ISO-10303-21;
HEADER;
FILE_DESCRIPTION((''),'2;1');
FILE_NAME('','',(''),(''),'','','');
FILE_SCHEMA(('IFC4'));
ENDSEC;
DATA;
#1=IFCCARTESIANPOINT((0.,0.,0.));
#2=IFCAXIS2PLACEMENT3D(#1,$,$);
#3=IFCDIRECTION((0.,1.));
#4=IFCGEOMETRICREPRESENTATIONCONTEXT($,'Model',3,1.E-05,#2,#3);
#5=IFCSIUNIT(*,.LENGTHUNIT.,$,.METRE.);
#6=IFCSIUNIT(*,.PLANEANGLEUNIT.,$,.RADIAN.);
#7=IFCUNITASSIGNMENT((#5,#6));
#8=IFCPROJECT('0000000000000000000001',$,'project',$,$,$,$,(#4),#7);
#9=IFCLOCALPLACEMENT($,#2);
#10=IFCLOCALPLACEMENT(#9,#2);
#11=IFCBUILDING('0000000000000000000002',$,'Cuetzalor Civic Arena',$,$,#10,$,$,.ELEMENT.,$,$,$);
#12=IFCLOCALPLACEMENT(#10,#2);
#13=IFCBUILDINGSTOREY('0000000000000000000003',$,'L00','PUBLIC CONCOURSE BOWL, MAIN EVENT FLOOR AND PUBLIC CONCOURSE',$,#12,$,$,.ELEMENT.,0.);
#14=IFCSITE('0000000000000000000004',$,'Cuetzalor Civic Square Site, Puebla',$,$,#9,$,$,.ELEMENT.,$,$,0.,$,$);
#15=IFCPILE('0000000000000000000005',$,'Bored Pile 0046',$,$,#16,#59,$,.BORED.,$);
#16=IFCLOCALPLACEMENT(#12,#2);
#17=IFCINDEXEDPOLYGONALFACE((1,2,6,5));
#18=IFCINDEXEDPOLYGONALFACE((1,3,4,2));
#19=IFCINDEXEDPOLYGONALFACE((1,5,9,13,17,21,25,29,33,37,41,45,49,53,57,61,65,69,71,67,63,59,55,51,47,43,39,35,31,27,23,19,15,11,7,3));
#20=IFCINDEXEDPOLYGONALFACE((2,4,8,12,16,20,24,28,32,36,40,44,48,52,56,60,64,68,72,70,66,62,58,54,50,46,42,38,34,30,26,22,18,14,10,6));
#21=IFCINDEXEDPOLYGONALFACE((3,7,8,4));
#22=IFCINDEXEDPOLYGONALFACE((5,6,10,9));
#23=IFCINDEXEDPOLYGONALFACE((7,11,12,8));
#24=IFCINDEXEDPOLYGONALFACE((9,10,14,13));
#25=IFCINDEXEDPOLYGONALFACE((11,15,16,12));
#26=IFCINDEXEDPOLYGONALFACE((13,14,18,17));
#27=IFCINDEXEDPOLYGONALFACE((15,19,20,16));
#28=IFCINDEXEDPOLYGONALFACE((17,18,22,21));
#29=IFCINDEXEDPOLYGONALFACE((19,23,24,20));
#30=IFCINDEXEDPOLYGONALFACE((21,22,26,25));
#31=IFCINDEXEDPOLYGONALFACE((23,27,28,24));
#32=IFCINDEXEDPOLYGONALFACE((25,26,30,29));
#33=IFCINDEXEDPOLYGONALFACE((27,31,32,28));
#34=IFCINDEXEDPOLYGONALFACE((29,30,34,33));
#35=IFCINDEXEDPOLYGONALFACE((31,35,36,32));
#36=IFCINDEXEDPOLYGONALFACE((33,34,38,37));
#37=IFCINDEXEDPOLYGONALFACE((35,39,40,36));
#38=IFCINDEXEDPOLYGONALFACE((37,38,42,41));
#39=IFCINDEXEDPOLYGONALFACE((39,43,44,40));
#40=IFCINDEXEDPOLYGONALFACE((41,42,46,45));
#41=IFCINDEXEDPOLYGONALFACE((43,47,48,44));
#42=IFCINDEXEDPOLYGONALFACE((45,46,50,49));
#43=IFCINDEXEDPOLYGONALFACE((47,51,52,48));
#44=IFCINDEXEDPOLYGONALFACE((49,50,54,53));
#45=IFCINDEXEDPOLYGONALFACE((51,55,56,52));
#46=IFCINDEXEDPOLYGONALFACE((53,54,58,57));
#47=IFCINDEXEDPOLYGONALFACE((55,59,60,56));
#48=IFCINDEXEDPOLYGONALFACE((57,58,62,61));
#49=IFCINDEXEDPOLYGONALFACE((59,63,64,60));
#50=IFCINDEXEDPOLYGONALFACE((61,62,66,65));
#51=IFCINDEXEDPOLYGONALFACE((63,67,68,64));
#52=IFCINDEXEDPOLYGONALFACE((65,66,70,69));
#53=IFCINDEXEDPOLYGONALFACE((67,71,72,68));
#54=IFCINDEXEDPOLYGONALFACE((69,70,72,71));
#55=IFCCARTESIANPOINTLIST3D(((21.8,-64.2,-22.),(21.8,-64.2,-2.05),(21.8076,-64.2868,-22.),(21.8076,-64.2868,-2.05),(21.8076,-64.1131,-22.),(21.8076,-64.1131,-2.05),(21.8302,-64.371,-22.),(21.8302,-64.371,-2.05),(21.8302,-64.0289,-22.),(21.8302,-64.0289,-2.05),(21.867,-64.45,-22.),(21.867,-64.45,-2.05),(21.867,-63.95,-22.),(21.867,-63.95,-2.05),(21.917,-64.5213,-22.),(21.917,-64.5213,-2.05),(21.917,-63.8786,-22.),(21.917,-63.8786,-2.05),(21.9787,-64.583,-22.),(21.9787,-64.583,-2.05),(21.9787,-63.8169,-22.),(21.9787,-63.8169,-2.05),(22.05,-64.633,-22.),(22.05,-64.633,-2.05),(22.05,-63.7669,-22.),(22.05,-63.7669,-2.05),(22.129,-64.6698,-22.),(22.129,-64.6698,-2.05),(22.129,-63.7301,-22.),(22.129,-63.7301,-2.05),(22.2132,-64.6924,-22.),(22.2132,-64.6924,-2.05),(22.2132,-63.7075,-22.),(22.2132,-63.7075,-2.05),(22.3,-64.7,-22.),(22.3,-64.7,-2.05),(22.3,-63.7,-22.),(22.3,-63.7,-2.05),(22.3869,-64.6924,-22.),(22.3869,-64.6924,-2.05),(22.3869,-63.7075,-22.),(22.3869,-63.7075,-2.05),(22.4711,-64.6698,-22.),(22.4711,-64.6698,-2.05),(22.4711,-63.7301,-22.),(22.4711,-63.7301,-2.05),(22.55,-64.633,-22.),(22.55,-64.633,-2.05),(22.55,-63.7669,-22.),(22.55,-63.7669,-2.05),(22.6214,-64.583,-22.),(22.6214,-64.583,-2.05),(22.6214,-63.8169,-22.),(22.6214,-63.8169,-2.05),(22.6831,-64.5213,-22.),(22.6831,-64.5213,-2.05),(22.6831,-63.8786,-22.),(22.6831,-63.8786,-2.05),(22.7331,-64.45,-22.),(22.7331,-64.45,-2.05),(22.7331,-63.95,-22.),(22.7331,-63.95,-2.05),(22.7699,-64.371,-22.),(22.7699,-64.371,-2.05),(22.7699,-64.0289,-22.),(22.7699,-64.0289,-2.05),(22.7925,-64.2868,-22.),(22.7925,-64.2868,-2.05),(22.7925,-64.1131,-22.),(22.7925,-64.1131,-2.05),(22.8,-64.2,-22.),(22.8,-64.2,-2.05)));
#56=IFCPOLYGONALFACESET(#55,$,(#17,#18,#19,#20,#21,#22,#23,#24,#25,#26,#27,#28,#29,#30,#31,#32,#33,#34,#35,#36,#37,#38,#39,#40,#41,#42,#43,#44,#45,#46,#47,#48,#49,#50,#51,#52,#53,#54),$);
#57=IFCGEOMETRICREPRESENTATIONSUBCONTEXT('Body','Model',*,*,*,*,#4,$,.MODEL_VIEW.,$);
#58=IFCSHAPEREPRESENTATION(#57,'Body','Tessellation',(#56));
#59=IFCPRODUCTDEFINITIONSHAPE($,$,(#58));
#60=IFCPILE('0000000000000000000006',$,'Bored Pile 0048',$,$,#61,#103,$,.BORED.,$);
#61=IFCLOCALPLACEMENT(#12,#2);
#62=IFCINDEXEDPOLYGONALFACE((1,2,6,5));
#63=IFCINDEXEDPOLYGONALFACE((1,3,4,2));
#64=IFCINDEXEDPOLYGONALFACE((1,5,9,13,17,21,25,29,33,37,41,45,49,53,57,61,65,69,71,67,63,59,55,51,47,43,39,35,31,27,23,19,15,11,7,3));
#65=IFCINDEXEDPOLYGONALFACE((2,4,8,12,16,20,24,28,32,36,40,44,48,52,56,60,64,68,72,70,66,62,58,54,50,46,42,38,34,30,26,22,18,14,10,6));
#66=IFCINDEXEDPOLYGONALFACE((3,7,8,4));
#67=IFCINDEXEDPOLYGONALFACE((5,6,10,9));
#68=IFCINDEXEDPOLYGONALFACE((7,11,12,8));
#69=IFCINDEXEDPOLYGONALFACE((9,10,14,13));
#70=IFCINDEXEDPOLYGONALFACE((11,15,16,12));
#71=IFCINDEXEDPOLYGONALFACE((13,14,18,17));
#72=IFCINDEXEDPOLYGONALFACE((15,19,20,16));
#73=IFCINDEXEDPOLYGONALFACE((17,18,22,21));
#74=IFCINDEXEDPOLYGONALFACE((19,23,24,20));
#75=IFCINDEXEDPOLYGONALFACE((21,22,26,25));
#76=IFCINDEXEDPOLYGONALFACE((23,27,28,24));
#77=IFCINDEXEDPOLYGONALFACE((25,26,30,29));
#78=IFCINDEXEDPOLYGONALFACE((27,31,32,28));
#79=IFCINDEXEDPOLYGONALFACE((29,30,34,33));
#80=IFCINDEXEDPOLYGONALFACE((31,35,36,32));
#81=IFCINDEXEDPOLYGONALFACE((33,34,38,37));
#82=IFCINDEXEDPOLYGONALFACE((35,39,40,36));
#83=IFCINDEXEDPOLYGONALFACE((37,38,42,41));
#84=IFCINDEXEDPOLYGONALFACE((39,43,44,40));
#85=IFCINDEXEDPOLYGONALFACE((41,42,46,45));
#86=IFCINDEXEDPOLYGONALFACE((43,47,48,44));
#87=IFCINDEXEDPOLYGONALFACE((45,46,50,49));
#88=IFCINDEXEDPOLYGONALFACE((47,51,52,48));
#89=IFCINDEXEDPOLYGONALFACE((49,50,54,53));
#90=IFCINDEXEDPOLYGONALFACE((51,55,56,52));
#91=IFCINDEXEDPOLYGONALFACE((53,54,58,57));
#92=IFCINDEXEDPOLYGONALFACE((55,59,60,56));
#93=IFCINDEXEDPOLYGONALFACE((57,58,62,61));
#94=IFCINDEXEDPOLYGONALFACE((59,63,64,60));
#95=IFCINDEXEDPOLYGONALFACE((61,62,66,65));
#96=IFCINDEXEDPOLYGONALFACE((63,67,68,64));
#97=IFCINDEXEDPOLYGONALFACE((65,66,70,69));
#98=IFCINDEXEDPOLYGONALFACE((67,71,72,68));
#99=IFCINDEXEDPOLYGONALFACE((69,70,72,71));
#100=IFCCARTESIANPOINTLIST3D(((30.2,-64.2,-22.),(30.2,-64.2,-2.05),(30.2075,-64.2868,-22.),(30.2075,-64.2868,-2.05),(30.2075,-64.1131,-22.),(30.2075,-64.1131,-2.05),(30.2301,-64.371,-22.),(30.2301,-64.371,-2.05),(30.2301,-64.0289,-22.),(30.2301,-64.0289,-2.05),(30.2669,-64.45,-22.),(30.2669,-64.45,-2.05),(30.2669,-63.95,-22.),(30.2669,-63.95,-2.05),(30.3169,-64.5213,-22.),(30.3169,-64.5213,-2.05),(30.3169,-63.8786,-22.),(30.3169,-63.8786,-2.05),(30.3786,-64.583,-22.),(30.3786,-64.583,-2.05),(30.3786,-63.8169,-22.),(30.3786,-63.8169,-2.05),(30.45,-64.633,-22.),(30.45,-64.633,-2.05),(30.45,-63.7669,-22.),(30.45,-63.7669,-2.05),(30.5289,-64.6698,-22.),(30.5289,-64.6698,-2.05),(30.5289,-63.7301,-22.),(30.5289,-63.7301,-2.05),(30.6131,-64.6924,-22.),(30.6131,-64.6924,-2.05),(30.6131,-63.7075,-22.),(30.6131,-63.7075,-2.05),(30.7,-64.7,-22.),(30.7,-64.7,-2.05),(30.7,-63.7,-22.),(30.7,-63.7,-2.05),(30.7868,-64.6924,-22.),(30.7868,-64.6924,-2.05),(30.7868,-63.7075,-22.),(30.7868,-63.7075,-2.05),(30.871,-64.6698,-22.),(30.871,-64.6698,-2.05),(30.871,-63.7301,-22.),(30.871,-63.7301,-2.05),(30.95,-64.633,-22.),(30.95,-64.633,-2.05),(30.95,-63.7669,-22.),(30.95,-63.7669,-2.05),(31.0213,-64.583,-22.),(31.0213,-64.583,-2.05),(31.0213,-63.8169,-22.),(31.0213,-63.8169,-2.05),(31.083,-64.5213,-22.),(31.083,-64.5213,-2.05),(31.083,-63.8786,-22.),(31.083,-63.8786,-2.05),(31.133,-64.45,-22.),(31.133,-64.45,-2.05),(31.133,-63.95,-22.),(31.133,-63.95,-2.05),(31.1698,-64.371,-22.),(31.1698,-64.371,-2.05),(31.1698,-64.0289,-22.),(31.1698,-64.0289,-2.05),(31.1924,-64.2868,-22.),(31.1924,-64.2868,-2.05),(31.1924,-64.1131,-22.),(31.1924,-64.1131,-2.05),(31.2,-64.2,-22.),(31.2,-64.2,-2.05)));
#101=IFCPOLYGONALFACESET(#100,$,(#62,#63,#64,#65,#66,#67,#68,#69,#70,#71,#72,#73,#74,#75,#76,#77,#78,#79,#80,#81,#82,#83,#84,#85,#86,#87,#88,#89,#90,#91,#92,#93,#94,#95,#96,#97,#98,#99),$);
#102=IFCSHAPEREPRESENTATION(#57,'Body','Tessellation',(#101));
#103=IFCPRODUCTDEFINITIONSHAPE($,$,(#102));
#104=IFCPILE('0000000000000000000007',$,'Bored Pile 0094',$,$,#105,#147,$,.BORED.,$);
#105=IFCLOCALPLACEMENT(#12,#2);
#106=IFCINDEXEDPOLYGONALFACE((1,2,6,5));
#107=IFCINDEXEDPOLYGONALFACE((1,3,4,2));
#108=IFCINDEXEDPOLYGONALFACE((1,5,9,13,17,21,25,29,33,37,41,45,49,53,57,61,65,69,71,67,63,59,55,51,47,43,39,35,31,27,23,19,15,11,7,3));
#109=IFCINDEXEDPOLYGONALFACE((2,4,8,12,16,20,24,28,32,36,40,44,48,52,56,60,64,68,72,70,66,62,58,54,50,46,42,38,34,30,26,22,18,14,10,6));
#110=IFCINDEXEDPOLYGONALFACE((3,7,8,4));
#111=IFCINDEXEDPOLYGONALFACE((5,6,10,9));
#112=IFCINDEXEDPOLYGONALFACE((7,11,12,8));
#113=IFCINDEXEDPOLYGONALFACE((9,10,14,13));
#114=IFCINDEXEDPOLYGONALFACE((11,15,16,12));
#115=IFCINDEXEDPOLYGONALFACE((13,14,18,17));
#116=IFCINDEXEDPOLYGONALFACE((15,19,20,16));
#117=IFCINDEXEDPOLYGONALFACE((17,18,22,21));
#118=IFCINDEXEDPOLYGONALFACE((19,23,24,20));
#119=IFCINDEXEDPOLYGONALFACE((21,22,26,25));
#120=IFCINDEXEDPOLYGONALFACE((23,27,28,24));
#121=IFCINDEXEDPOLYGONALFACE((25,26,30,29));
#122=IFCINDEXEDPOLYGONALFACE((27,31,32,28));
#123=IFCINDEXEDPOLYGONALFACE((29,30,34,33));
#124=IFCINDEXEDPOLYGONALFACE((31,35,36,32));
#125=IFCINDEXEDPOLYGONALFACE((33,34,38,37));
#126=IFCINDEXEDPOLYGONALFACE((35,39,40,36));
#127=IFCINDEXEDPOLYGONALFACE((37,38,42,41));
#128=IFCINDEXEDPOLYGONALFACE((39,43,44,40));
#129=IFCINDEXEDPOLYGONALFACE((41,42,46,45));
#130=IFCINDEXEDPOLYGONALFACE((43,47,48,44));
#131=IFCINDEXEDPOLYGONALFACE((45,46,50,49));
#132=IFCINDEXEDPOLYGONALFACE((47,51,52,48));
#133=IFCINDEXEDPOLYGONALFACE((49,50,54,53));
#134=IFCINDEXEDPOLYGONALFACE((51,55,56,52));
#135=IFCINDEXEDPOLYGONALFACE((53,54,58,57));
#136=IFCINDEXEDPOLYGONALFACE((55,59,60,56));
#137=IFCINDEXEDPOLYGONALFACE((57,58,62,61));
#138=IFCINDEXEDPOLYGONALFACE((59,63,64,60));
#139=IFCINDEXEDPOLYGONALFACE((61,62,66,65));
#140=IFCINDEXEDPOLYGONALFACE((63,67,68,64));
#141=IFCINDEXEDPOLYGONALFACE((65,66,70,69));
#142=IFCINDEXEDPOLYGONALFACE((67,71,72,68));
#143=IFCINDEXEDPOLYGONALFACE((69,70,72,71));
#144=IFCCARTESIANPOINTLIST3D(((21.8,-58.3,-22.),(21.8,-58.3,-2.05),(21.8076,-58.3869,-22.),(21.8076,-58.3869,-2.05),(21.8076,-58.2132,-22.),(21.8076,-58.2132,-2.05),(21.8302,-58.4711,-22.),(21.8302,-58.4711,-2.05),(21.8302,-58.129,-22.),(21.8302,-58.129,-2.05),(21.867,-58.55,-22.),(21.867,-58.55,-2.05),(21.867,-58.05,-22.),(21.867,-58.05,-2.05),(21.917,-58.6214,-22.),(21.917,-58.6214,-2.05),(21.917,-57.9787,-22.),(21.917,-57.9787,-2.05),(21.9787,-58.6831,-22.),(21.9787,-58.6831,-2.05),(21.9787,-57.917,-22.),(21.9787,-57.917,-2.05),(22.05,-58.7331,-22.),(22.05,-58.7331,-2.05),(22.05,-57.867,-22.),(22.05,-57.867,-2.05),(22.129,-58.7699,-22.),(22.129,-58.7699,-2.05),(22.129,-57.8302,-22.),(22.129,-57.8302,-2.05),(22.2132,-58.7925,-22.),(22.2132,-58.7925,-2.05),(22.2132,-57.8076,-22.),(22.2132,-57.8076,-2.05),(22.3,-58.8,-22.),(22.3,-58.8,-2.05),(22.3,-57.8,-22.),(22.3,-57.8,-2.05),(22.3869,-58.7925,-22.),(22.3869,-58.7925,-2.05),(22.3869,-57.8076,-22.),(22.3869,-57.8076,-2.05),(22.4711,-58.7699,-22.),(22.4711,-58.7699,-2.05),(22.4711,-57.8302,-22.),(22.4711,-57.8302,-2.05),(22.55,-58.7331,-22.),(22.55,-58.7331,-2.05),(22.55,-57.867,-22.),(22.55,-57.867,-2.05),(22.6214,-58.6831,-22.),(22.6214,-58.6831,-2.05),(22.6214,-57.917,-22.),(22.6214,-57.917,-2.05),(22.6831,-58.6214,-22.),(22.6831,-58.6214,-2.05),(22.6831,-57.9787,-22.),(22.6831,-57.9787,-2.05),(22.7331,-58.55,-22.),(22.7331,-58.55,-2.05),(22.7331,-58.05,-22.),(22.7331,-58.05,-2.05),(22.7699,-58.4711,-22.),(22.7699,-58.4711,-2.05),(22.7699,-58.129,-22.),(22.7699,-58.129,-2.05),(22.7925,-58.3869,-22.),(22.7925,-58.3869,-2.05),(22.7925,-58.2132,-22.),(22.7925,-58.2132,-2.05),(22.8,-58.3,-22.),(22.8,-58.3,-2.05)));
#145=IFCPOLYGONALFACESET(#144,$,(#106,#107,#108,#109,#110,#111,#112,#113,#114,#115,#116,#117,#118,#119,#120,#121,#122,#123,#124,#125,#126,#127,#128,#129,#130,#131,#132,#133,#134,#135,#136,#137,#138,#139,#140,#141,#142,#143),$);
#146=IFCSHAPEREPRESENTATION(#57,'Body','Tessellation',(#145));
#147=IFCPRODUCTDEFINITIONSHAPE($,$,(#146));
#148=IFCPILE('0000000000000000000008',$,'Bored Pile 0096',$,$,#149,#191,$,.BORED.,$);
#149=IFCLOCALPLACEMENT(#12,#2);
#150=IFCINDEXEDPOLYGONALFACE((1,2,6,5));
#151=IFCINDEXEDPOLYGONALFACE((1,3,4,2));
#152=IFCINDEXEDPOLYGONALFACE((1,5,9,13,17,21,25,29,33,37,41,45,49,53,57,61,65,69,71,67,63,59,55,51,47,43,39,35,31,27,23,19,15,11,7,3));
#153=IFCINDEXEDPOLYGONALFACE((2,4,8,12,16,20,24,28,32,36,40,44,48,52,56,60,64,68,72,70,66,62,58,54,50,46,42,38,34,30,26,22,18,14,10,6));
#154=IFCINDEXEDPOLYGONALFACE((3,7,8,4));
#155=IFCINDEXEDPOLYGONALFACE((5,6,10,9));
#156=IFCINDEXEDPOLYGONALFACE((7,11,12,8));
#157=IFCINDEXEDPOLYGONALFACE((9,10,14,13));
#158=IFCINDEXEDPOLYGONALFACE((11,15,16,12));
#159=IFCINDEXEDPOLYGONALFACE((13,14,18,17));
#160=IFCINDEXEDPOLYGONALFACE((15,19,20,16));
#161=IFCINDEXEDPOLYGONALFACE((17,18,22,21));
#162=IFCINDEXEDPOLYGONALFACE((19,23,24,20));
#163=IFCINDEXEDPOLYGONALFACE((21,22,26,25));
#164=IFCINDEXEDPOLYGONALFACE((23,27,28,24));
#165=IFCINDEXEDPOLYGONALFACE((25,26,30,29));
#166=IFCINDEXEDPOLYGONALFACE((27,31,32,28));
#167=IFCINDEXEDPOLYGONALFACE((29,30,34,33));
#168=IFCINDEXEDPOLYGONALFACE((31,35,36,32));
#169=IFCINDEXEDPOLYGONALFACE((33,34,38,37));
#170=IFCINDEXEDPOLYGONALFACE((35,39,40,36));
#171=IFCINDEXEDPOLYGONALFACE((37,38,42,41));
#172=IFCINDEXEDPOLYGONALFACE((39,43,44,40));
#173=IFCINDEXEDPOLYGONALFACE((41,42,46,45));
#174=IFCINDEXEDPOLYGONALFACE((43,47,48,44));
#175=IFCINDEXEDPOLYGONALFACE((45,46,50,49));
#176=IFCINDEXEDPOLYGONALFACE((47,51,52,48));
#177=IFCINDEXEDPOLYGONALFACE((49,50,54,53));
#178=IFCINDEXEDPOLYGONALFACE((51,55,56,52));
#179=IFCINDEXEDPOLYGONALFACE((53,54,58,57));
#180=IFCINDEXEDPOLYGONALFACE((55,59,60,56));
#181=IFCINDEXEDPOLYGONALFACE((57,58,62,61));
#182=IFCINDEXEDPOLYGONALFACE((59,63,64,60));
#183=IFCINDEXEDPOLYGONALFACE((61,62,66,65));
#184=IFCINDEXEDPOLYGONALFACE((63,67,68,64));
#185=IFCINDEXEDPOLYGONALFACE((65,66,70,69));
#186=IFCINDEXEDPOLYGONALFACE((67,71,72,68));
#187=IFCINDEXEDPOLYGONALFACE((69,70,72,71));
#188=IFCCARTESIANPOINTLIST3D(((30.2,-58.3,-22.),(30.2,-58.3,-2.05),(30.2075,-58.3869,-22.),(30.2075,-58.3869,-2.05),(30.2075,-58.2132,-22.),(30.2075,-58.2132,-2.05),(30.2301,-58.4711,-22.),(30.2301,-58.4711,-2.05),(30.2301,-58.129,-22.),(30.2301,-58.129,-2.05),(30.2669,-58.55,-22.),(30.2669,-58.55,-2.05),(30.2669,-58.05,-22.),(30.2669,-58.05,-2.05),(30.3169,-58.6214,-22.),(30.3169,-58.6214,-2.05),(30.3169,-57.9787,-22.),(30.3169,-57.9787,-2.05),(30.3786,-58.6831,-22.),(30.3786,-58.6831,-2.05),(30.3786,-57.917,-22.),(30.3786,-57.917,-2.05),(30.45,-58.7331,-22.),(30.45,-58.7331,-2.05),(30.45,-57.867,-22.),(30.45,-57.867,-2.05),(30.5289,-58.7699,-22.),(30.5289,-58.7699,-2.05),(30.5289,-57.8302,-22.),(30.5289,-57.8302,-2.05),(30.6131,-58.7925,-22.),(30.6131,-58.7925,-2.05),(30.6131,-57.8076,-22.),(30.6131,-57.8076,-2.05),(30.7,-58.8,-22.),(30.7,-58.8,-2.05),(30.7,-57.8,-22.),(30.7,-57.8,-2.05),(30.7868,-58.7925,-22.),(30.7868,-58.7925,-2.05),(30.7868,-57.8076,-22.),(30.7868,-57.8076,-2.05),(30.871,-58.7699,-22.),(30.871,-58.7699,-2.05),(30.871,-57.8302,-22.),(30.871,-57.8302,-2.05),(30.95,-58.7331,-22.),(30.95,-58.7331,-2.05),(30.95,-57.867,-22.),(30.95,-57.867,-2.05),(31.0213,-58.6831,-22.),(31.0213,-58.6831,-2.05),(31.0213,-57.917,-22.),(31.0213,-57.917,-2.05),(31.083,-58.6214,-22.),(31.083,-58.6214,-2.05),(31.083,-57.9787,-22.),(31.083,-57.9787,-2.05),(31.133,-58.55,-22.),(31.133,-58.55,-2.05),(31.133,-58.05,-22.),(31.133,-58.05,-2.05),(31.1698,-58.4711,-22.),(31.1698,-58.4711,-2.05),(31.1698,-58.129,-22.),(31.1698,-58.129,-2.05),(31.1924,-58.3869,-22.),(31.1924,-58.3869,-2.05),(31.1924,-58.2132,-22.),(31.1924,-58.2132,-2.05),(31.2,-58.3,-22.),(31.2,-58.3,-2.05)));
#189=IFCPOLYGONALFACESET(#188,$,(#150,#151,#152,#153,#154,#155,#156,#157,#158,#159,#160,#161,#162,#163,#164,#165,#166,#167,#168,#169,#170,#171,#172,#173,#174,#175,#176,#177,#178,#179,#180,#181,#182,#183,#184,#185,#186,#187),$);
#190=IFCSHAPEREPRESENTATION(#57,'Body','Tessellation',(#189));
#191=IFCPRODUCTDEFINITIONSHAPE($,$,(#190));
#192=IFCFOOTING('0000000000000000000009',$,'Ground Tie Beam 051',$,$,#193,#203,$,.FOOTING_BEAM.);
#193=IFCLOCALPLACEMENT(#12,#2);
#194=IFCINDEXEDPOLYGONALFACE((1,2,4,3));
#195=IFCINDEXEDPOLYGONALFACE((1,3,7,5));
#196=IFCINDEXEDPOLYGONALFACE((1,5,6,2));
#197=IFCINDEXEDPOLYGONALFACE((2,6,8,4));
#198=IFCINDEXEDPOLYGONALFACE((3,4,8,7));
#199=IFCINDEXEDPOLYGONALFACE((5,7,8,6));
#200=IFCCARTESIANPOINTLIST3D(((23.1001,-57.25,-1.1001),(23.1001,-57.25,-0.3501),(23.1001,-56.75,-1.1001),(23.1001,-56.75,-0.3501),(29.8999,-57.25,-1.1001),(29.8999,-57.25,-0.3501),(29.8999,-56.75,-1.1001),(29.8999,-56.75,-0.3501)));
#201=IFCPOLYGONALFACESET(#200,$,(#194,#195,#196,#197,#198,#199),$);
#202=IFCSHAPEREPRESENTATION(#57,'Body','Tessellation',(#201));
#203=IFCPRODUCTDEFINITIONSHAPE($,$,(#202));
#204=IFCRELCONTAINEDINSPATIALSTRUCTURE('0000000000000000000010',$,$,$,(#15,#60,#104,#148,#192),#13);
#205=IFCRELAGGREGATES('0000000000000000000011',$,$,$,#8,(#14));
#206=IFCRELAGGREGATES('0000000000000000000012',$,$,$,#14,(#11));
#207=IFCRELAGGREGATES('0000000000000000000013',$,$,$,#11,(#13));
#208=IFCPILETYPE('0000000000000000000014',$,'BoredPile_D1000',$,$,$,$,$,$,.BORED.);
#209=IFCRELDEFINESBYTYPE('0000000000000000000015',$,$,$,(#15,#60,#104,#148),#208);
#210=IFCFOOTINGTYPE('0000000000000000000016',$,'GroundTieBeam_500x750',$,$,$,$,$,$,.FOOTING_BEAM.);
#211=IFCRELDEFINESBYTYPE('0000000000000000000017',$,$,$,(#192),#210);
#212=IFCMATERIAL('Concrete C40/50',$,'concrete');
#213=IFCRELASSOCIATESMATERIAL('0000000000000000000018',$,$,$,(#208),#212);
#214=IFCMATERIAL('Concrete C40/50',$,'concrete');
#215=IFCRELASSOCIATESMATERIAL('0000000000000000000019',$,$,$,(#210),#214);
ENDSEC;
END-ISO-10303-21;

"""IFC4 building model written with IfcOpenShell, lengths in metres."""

from ifc_helpers import new_model, si_unit, direction, frame, origin, origin_2d, place, context, subcontext, project, spatial, rectangle, circle, extrude, material, material_profile, profile_set, type_object, element, save


model = new_model("IFC4")

# Units and contexts
model_context = context("Model", 3, precision=1e-05, world=origin(), true_north=direction((0.0, 1.0)))
body_context = subcontext(model_context, "Body", "Model", "MODEL_VIEW")
ifc_project = project(units=[si_unit("LENGTHUNIT", "METRE"), si_unit("PLANEANGLEUNIT", "RADIAN")], contexts=[model_context])

# Site, building, storey
site_placement = place(None, origin())
site = spatial("IfcSite", under=ifc_project, at=site_placement, Name="Cuetzalor Civic Square Site, Puebla", CompositionType="ELEMENT", RefElevation=0.0)
building_placement = place(site_placement, origin())
building = spatial("IfcBuilding", under=site, at=building_placement, Name="Cuetzalor Civic Arena", CompositionType="ELEMENT")
storey_placement = place(building_placement, origin())
storey = spatial("IfcBuildingStorey", under=building, at=storey_placement, Name="L00", Description="PUBLIC CONCOURSE BOWL, MAIN EVENT FLOOR AND PUBLIC CONCOURSE", CompositionType="ELEMENT", Elevation=0.0)

# Piles
ifc_material_1 = material(Name="Concrete C40/50", Category="concrete")
ifc_material_profile_1 = material_profile(ifc_material_1, circle(Radius=0.5, at=origin_2d()), Name="BORED PILE D1000")
ifc_profile_set_1 = profile_set([ifc_material_profile_1], Name="Concrete C40/50")
pile_type = type_object("IfcPileType", Name="BoredPile_D1000", PredefinedType="BORED", material=ifc_profile_set_1)
for number, where, z_axis, x_axis, name in (
    (1, (22.3, -64.2, -2.05), (0.0, 0.0, -1.0), (1.0, 0.0, 0.0), "Bored Pile 0046"),
    (2, (30.7, -64.2, -2.05), (0.0, 0.0, -1.0), (1.0, 0.0, 0.0), "Bored Pile 0048"),
    (3, (22.3, -58.3, -2.05), (0.0, 0.0, -1.0), (1.0, 0.0, 0.0), "Bored Pile 0094"),
    (4, (30.7, -58.3, -2.05), (0.0, 0.0, -1.0), (1.0, 0.0, 0.0), "Bored Pile 0096"),
):
    element("IfcPile", number, at=place(storey_placement, frame(where, z_axis=z_axis, x_axis=x_axis)), inside=storey, type_object=pile_type, Name=name, PredefinedType="BORED", context=body_context, shape_type="SweptSolid", body=[
        extrude(circle(Radius=0.5, at=origin_2d()), origin(), (0.0, 0.0, 1.0), 19.95),
    ])

# Footing
ifc_material_2 = material(Name="Concrete C40/50", Category="concrete")
ifc_material_profile_2 = material_profile(ifc_material_2, rectangle(XDim=0.5, YDim=0.75, at=origin_2d()), Name="RC 500x750")
ifc_profile_set_2 = profile_set([ifc_material_profile_2], Name="Concrete C40/50")
footing_type = type_object("IfcFootingType", Name="GroundTieBeam_500x750", PredefinedType="FOOTING_BEAM", material=ifc_profile_set_2)
footing_placement = place(storey_placement, frame((23.1001, -57.0, -0.7251), z_axis=(1.0, 0.0, 0.0), x_axis=(0.0, 1.0, 0.0)))
element("IfcFooting", 5, at=footing_placement, inside=storey, type_object=footing_type, Name="Ground Tie Beam 051", PredefinedType="FOOTING_BEAM", context=body_context, shape_type="SweptSolid", body=[
    extrude(rectangle(XDim=0.5, YDim=0.75, at=origin_2d()), origin(), (0.0, 0.0, 1.0), 6.7998),
])

save(model, "model.ifc")
